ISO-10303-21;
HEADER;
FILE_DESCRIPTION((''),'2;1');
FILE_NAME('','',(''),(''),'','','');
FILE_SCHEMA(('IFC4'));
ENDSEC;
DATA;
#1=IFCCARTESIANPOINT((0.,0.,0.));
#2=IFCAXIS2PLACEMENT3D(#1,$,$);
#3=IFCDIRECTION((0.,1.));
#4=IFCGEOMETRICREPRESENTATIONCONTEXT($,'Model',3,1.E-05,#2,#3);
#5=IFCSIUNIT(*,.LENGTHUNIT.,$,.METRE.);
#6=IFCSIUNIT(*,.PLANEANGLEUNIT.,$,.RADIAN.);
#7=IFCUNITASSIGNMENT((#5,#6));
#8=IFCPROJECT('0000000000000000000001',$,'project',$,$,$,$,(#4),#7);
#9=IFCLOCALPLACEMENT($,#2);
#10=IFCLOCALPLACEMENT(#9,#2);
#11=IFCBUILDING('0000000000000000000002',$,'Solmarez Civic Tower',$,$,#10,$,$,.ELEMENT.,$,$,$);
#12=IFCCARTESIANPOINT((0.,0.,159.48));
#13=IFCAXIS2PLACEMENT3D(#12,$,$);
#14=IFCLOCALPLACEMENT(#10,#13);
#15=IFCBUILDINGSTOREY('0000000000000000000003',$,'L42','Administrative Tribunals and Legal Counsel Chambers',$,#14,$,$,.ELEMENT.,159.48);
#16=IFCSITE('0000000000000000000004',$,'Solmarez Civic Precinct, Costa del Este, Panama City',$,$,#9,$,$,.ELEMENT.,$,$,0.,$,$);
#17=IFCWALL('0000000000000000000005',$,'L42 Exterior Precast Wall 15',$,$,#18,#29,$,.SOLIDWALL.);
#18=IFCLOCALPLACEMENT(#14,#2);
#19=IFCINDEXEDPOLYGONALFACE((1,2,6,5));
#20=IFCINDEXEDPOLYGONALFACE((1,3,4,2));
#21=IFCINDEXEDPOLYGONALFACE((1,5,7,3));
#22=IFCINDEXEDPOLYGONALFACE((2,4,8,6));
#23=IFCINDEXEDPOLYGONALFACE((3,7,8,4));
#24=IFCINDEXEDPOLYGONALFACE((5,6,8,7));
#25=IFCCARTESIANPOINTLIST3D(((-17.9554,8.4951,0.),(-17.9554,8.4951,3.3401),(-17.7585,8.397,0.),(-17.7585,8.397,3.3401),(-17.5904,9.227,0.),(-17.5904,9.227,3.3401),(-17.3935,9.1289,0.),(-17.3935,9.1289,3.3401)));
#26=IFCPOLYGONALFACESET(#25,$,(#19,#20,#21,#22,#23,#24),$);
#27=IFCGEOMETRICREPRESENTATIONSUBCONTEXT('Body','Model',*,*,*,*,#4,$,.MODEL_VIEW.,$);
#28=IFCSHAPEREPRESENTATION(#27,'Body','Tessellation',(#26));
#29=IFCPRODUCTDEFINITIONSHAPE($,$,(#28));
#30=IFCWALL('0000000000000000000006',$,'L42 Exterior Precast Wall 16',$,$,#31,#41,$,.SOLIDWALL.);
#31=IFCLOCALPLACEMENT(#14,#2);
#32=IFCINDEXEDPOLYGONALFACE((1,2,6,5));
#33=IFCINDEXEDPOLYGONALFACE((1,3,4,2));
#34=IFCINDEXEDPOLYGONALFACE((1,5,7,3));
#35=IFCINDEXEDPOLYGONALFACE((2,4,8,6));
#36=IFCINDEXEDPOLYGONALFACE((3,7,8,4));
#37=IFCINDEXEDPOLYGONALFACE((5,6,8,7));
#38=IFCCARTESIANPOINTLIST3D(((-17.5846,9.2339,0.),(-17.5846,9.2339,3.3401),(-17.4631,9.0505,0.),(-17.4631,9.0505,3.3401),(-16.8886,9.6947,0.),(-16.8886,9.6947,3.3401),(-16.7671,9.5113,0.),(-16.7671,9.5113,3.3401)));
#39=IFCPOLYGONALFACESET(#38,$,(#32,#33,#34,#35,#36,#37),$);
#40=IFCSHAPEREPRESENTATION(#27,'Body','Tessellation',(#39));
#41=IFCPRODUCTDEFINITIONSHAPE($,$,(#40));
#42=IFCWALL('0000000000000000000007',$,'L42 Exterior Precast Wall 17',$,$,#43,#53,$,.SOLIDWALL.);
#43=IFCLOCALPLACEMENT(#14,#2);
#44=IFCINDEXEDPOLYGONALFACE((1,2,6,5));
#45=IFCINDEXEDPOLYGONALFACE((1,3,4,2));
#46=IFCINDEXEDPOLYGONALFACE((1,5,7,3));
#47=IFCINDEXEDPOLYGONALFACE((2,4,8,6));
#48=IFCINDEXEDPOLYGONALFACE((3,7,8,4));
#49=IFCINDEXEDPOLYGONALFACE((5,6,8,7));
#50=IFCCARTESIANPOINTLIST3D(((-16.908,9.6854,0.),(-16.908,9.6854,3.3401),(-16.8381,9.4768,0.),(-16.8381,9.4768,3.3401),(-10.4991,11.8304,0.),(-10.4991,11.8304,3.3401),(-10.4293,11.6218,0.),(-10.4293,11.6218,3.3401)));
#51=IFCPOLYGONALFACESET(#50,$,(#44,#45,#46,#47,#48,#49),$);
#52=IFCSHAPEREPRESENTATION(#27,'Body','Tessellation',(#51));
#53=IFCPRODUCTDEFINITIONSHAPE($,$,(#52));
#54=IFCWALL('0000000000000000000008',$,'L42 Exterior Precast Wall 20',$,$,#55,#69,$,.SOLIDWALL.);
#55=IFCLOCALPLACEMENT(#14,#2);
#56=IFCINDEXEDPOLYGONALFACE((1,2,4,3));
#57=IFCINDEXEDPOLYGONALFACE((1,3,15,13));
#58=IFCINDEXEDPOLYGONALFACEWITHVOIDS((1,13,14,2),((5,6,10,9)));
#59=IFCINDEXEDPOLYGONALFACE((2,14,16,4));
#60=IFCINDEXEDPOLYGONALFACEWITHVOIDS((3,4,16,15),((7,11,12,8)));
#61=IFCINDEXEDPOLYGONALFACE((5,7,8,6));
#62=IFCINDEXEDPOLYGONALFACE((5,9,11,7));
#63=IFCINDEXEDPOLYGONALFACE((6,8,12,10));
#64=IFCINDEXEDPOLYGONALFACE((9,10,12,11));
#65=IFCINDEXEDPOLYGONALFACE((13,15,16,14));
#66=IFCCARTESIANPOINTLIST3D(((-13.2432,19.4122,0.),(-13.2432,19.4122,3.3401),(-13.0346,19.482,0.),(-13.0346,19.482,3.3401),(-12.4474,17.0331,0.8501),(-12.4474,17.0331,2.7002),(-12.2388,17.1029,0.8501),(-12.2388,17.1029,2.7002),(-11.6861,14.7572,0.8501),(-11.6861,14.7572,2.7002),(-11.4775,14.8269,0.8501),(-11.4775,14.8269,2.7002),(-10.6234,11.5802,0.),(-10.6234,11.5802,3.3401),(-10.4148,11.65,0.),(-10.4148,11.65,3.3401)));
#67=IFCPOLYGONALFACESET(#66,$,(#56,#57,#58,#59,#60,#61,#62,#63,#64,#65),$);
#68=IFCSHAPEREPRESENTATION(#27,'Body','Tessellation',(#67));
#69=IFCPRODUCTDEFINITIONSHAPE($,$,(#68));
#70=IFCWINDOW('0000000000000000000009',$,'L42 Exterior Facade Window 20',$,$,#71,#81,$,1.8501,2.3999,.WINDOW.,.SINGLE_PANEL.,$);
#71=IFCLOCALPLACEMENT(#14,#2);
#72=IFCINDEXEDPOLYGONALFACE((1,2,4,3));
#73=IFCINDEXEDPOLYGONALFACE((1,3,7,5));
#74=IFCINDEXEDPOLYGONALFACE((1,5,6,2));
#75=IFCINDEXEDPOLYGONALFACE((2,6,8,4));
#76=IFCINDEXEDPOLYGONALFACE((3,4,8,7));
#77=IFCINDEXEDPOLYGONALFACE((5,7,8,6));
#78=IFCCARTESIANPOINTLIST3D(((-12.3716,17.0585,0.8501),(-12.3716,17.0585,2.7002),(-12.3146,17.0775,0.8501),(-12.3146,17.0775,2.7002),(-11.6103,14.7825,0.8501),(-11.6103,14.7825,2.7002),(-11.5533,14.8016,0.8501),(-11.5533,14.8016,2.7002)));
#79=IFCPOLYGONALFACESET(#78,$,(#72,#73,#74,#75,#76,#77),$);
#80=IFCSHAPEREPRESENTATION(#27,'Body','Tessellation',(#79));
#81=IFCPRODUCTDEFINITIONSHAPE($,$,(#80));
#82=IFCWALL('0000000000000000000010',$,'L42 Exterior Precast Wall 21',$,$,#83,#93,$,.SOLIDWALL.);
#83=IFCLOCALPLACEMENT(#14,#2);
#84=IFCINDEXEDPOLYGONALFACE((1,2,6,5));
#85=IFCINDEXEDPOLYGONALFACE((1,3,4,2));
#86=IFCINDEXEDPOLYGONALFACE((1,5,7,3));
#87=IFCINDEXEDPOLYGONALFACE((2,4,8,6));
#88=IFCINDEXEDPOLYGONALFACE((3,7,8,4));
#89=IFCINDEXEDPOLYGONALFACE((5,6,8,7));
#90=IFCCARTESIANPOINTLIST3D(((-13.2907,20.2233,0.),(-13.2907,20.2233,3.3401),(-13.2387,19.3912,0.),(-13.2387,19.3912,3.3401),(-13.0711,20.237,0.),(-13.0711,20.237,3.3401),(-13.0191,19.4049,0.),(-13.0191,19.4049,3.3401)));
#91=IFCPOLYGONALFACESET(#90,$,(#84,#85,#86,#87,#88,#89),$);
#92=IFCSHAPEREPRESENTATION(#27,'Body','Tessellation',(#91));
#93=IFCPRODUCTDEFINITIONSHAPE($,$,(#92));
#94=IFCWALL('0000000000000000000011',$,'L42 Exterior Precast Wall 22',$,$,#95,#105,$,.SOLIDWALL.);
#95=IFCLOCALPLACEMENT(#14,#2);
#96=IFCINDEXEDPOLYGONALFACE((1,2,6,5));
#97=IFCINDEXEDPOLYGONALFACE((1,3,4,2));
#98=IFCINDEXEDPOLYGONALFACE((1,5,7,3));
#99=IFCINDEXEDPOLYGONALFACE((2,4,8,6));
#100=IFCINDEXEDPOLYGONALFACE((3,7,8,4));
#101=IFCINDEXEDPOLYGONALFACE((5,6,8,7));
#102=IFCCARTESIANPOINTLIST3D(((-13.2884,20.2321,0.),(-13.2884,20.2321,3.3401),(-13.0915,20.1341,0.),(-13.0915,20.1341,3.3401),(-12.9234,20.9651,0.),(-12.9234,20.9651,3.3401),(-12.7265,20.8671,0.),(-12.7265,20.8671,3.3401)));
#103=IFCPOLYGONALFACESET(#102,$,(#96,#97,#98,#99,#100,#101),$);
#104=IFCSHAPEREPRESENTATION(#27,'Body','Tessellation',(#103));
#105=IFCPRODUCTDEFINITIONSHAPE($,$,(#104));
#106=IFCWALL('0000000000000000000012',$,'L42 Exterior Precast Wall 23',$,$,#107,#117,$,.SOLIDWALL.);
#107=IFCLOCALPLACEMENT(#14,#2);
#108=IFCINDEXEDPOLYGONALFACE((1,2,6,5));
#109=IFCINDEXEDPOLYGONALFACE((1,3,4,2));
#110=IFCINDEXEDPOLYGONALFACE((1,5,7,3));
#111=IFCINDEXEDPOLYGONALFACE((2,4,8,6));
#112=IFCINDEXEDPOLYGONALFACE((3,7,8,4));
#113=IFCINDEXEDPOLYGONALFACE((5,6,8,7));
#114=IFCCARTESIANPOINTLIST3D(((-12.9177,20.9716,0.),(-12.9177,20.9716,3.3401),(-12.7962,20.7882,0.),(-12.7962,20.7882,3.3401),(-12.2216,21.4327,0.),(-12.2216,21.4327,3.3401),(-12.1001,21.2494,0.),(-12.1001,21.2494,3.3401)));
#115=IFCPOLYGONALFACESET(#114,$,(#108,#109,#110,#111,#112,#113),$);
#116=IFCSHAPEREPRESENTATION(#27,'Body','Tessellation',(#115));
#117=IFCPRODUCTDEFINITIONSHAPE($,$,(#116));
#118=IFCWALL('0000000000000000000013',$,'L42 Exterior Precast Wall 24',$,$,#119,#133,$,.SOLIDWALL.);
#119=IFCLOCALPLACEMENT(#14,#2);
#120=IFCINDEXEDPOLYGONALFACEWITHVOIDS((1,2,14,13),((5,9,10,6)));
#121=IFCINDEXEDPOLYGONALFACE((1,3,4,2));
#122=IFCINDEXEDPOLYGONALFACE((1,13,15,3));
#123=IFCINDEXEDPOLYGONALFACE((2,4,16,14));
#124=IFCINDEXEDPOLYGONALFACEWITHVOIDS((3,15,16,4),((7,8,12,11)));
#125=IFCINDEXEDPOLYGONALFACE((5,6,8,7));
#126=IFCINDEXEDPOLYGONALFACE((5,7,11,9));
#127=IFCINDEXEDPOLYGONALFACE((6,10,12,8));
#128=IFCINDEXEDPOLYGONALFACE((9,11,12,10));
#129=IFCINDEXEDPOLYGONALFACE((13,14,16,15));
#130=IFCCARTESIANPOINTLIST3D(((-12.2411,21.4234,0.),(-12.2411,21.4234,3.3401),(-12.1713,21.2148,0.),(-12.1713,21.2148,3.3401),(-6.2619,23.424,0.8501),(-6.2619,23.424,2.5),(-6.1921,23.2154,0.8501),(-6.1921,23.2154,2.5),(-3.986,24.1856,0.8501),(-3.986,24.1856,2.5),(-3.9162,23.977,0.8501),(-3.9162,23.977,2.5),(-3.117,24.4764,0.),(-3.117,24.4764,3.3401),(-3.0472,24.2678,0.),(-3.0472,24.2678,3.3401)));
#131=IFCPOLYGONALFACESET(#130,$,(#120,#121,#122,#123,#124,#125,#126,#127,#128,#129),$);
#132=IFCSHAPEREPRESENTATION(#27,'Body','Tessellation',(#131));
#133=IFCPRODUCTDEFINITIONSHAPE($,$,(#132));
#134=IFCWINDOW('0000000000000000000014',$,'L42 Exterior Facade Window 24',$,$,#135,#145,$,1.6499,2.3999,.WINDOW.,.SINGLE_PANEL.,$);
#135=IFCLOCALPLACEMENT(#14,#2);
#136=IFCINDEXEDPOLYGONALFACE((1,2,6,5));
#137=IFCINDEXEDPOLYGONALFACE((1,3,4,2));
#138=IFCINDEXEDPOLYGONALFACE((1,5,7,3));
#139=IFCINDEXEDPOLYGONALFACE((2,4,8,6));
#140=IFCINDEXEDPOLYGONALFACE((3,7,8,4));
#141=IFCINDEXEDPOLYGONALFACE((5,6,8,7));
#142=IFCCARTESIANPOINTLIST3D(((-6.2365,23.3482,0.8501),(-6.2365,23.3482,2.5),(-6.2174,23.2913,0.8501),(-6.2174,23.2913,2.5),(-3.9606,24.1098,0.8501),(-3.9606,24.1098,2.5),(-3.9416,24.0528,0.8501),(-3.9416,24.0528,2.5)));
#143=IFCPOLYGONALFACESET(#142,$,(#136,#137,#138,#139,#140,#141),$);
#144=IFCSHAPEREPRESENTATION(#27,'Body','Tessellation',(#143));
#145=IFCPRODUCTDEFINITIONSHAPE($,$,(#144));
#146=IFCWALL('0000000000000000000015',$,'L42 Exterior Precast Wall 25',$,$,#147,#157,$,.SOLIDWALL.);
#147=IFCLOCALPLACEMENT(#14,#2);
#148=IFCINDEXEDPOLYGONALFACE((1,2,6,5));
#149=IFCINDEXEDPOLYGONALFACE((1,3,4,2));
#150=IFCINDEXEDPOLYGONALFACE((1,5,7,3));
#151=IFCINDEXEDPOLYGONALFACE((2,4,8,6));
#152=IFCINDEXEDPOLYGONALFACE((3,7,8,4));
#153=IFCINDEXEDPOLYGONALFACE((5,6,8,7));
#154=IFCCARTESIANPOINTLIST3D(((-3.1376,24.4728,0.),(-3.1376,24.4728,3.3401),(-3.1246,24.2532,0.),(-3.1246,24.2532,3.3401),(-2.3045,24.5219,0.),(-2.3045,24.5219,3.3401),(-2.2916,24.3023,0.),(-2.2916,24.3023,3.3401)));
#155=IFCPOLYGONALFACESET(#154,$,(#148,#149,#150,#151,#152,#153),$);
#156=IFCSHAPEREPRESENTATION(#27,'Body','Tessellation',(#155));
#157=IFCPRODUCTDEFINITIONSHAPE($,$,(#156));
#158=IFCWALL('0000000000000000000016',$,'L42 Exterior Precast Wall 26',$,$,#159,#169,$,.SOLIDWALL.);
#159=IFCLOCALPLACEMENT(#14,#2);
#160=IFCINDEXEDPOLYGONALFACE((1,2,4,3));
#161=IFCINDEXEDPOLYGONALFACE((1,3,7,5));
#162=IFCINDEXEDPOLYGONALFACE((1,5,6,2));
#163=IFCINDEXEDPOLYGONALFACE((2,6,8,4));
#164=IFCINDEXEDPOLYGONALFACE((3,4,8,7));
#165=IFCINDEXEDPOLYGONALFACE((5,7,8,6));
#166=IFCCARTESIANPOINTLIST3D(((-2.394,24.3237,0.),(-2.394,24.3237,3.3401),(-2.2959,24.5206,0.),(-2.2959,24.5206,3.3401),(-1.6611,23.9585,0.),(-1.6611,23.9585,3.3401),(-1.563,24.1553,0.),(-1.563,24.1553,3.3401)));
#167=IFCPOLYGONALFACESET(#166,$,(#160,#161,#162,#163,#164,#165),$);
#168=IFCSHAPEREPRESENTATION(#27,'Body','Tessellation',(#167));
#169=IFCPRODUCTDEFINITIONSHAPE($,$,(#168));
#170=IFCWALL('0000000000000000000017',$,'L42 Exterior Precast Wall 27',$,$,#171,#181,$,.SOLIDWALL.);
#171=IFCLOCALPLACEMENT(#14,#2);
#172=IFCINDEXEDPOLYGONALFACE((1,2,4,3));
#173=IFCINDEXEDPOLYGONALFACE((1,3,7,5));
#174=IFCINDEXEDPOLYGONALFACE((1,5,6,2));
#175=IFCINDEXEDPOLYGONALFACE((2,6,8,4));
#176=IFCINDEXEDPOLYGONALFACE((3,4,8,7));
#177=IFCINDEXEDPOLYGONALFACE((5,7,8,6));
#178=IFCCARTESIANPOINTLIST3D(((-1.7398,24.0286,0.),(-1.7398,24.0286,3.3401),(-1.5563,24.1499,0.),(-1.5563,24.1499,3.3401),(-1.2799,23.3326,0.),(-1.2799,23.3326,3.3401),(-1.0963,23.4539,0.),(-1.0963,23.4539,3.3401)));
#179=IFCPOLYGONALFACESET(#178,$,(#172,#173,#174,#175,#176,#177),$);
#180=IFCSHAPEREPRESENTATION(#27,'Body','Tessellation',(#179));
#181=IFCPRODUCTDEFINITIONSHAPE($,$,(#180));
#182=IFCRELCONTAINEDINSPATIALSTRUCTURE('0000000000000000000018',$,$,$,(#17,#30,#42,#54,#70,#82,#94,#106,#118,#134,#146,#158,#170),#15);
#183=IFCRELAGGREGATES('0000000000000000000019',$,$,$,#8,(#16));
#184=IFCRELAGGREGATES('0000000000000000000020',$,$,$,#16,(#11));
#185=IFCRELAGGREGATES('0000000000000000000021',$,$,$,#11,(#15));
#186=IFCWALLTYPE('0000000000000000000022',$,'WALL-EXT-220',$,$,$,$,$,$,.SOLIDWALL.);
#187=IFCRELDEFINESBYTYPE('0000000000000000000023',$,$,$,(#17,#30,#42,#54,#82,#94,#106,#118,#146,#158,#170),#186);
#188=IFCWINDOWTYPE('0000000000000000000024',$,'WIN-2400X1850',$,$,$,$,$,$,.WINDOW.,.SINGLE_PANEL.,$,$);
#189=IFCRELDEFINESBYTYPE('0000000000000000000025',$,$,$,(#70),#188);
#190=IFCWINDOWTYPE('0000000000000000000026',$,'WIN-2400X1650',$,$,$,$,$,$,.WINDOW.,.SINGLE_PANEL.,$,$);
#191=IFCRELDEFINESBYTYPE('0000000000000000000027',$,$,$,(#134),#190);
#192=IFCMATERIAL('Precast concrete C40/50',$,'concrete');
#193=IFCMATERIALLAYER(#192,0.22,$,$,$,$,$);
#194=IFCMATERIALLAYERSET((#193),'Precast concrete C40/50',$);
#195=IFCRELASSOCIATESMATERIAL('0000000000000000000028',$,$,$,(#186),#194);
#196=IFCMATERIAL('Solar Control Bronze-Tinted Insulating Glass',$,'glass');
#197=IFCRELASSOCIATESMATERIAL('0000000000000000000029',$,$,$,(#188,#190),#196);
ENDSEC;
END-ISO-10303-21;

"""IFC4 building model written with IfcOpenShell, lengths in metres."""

from ifc_helpers import new_model, si_unit, direction, frame, frame_2d, origin, place, context, subcontext, project, spatial, rectangle, extrude, material, layer, layer_set, type_object, element, fill, save


model = new_model("IFC4")

# Units and contexts
model_context = context("Model", 3, precision=1e-05, world=origin(), true_north=direction((0.0, 1.0)))
body_context = subcontext(model_context, "Body", "Model", "MODEL_VIEW")
ifc_project = project(units=[si_unit("LENGTHUNIT", "METRE"), si_unit("PLANEANGLEUNIT", "RADIAN")], contexts=[model_context])

# Site, building, storey
site_placement = place(None, origin())
site = spatial("IfcSite", under=ifc_project, at=site_placement, Name="Solmarez Civic Precinct, Costa del Este, Panama City", CompositionType="ELEMENT", RefElevation=0.0)
building_placement = place(site_placement, origin())
building = spatial("IfcBuilding", under=site, at=building_placement, Name="Solmarez Civic Tower", CompositionType="ELEMENT")
storey_placement = place(building_placement, frame((0.0, 0.0, 159.48)))
storey = spatial("IfcBuildingStorey", under=building, at=storey_placement, Name="L42", Description="Administrative Tribunals and Legal Counsel Chambers", CompositionType="ELEMENT", Elevation=159.48)

# Walls
ifc_material_1 = material(Name="Precast concrete C40/50", Category="concrete")
ifc_layer_1 = layer(ifc_material_1, 0.22)
ifc_layer_set_1 = layer_set([ifc_layer_1], Name="Precast concrete C40/50")
wall_type_1 = type_object("IfcWallType", Name="WALL-EXT-220", PredefinedType="SOLIDWALL", material=ifc_layer_set_1)
wall_1_placement = place(storey_placement, frame((-17.8569, 8.446, 0.0), z_axis=(0.0, 0.0, 1.0), x_axis=(0.446258, 0.894904, 0.0)))
element("IfcWall", 1, at=wall_1_placement, inside=storey, type_object=wall_type_1, Name="L42 Exterior Precast Wall 15", PredefinedType="SOLIDWALL", context=body_context, shape_type="SweptSolid", body=[
    extrude(rectangle(XDim=0.8179, YDim=0.22, at=frame_2d((0.4089, 0.0))), origin(), (0.0, 0.0, 1.0), 3.3401),
])
wall_2_placement = place(storey_placement, frame((-17.5239, 9.1421, 0.0), z_axis=(0.0, 0.0, 1.0), x_axis=(0.833756, 0.552133, 0.0)))
element("IfcWall", 2, at=wall_2_placement, inside=storey, type_object=wall_type_1, Name="L42 Exterior Precast Wall 16", PredefinedType="SOLIDWALL", context=body_context, shape_type="SweptSolid", body=[
    extrude(rectangle(XDim=0.8347, YDim=0.22, at=frame_2d((0.4175, 0.0))), origin(), (0.0, 0.0, 1.0), 3.3401),
])
wall_3_placement = place(storey_placement, frame((-16.873, 9.5811, 0.0), z_axis=(0.0, 0.0, 1.0), x_axis=(0.948296, 0.317387, 0.0)))
element("IfcWall", 3, at=wall_3_placement, inside=storey, type_object=wall_type_1, Name="L42 Exterior Precast Wall 17", PredefinedType="SOLIDWALL", context=body_context, shape_type="SweptSolid", body=[
    extrude(rectangle(XDim=6.7583, YDim=0.22, at=frame_2d((3.3792, 0.0))), origin(), (0.0, 0.0, 1.0), 3.3401),
])

# Wall, opening, window
wall_4_placement = place(storey_placement, frame((-10.519, 11.615, 0.0), z_axis=(0.0, 0.0, 1.0), x_axis=(-0.31723, 0.948349, 0.0)))
wall_4 = element("IfcWall", 4, at=wall_4_placement, inside=storey, type_object=wall_type_1, Name="L42 Exterior Precast Wall 20", PredefinedType="SOLIDWALL", context=body_context, shape_type="SweptSolid", body=[
    extrude(rectangle(XDim=8.2585, YDim=0.22, at=frame_2d((4.1294, 0.0))), origin(), (0.0, 0.0, 1.0), 3.3401),
])
opening_1_placement = place(wall_4_placement, frame((3.3501, 0.0, 0.8501)))
opening_1 = element("IfcOpeningElement", 5, at=opening_1_placement, cuts=wall_4, PredefinedType="OPENING", context=body_context, shape_type="SweptSolid", body=[
    extrude(rectangle(XDim=2.3999, YDim=1.8501, at=frame_2d((1.2, 0.925))), frame((0.0, 0.1199, 0.0), z_axis=(0.0, -1.0, 0.0), x_axis=(1.0, 0.0, 0.0)), (0.0, 0.0, 1.0), 0.24),
])
ifc_material_2 = material(Name="Solar Control Bronze-Tinted Insulating Glass", Category="glass")
window_type_1 = type_object("IfcWindowType", Name="WIN-2400X1850", PartitioningType="SINGLE_PANEL", PredefinedType="WINDOW", material=ifc_material_2)
window_1_placement = place(opening_1_placement, origin())
window_1 = element("IfcWindow", 6, at=window_1_placement, inside=storey, type_object=window_type_1, Name="L42 Exterior Facade Window 20", OverallHeight=1.8501, OverallWidth=2.3999, PartitioningType="SINGLE_PANEL", PredefinedType="WINDOW", context=body_context, shape_type="SweptSolid", body=[
    extrude(rectangle(XDim=2.3999, YDim=1.8501, at=frame_2d((1.2, 0.925))), frame((0.0, 0.03, 0.0), z_axis=(0.0, -1.0, 0.0), x_axis=(1.0, 0.0, 0.0)), (0.0, 0.0, 1.0), 0.0601),
])
fill(opening_1, window_1)

# Walls
wall_5_placement = place(storey_placement, frame((-13.1289, 19.3979, 0.0), z_axis=(0.0, 0.0, 1.0), x_axis=(-0.062378, 0.998053, 0.0)))
element("IfcWall", 7, at=wall_5_placement, inside=storey, type_object=wall_type_1, Name="L42 Exterior Precast Wall 21", PredefinedType="SOLIDWALL", context=body_context, shape_type="SweptSolid", body=[
    extrude(rectangle(XDim=0.8337, YDim=0.22, at=frame_2d((0.417, 0.0))), origin(), (0.0, 0.0, 1.0), 3.3401),
])
wall_6_placement = place(storey_placement, frame((-13.1899, 20.1831, 0.0), z_axis=(0.0, 0.0, 1.0), x_axis=(0.445782, 0.895142, 0.0)))
element("IfcWall", 8, at=wall_6_placement, inside=storey, type_object=wall_type_1, Name="L42 Exterior Precast Wall 22", PredefinedType="SOLIDWALL", context=body_context, shape_type="SweptSolid", body=[
    extrude(rectangle(XDim=0.8188, YDim=0.22, at=frame_2d((0.4094, 0.0))), origin(), (0.0, 0.0, 1.0), 3.3401),
])
wall_7_placement = place(storey_placement, frame((-12.8569, 20.8799, 0.0), z_axis=(0.0, 0.0, 1.0), x_axis=(0.833621, 0.552336, 0.0)))
element("IfcWall", 9, at=wall_7_placement, inside=storey, type_object=wall_type_1, Name="L42 Exterior Precast Wall 23", PredefinedType="SOLIDWALL", context=body_context, shape_type="SweptSolid", body=[
    extrude(rectangle(XDim=0.835, YDim=0.22, at=frame_2d((0.4175, 0.0))), origin(), (0.0, 0.0, 1.0), 3.3401),
])

# Wall, opening, window
wall_8_placement = place(storey_placement, frame((-12.2061, 21.3191, 0.0), z_axis=(0.0, 0.0, 1.0), x_axis=(0.94832, 0.317316, 0.0)))
wall_8 = element("IfcWall", 10, at=wall_8_placement, inside=storey, type_object=wall_type_1, Name="L42 Exterior Precast Wall 24", PredefinedType="SOLIDWALL", context=body_context, shape_type="SweptSolid", body=[
    extrude(rectangle(XDim=9.6213, YDim=0.22, at=frame_2d((4.8105, 0.0))), origin(), (0.0, 0.0, 1.0), 3.3401),
])
opening_2_placement = place(wall_8_placement, frame((6.3049, 0.0, 0.8501)))
opening_2 = element("IfcOpeningElement", 11, at=opening_2_placement, cuts=wall_8, PredefinedType="OPENING", context=body_context, shape_type="SweptSolid", body=[
    extrude(rectangle(XDim=2.3999, YDim=1.6499, at=frame_2d((1.2, 0.825))), frame((0.0, 0.1199, 0.0), z_axis=(0.0, -1.0, 0.0), x_axis=(1.0, 0.0, 0.0)), (0.0, 0.0, 1.0), 0.24),
])
window_type_2 = type_object("IfcWindowType", Name="WIN-2400X1650", PartitioningType="SINGLE_PANEL", PredefinedType="WINDOW", material=ifc_material_2)
window_2_placement = place(opening_2_placement, origin())
window_2 = element("IfcWindow", 12, at=window_2_placement, inside=storey, type_object=window_type_2, Name="L42 Exterior Facade Window 24", OverallHeight=1.6499, OverallWidth=2.3999, PartitioningType="SINGLE_PANEL", PredefinedType="WINDOW", context=body_context, shape_type="SweptSolid", body=[
    extrude(rectangle(XDim=2.3999, YDim=1.6499, at=frame_2d((1.2, 0.825))), frame((0.0, 0.03, 0.0), z_axis=(0.0, -1.0, 0.0), x_axis=(1.0, 0.0, 0.0)), (0.0, 0.0, 1.0), 0.0601),
])
fill(opening_2, window_2)

# Walls
wall_9_placement = place(storey_placement, frame((-3.1311, 24.363, 0.0), z_axis=(0.0, 0.0, 1.0), x_axis=(0.998269, 0.058808, 0.0)))
element("IfcWall", 13, at=wall_9_placement, inside=storey, type_object=wall_type_1, Name="L42 Exterior Precast Wall 25", PredefinedType="SOLIDWALL", context=body_context, shape_type="SweptSolid", body=[
    extrude(rectangle(XDim=0.8345, YDim=0.22, at=frame_2d((0.4172, 0.0))), origin(), (0.0, 0.0, 1.0), 3.3401),
])
wall_10_placement = place(storey_placement, frame((-2.345, 24.4221, 0.0), z_axis=(0.0, 0.0, 1.0), x_axis=(0.895023, -0.446021, 0.0)))
element("IfcWall", 14, at=wall_10_placement, inside=storey, type_object=wall_type_1, Name="L42 Exterior Precast Wall 26", PredefinedType="SOLIDWALL", context=body_context, shape_type="SweptSolid", body=[
    extrude(rectangle(XDim=0.8188, YDim=0.22, at=frame_2d((0.4094, 0.0))), origin(), (0.0, 0.0, 1.0), 3.3401),
])
wall_11_placement = place(storey_placement, frame((-1.6479, 24.0891, 0.0), z_axis=(0.0, 0.0, 1.0), x_axis=(0.551319, -0.834294, 0.0)))
element("IfcWall", 15, at=wall_11_placement, inside=storey, type_object=wall_type_1, Name="L42 Exterior Precast Wall 27", PredefinedType="SOLIDWALL", context=body_context, shape_type="SweptSolid", body=[
    extrude(rectangle(XDim=0.8342, YDim=0.22, at=frame_2d((0.417, 0.0))), origin(), (0.0, 0.0, 1.0), 3.3401),
])

save(model, "model.ifc")
